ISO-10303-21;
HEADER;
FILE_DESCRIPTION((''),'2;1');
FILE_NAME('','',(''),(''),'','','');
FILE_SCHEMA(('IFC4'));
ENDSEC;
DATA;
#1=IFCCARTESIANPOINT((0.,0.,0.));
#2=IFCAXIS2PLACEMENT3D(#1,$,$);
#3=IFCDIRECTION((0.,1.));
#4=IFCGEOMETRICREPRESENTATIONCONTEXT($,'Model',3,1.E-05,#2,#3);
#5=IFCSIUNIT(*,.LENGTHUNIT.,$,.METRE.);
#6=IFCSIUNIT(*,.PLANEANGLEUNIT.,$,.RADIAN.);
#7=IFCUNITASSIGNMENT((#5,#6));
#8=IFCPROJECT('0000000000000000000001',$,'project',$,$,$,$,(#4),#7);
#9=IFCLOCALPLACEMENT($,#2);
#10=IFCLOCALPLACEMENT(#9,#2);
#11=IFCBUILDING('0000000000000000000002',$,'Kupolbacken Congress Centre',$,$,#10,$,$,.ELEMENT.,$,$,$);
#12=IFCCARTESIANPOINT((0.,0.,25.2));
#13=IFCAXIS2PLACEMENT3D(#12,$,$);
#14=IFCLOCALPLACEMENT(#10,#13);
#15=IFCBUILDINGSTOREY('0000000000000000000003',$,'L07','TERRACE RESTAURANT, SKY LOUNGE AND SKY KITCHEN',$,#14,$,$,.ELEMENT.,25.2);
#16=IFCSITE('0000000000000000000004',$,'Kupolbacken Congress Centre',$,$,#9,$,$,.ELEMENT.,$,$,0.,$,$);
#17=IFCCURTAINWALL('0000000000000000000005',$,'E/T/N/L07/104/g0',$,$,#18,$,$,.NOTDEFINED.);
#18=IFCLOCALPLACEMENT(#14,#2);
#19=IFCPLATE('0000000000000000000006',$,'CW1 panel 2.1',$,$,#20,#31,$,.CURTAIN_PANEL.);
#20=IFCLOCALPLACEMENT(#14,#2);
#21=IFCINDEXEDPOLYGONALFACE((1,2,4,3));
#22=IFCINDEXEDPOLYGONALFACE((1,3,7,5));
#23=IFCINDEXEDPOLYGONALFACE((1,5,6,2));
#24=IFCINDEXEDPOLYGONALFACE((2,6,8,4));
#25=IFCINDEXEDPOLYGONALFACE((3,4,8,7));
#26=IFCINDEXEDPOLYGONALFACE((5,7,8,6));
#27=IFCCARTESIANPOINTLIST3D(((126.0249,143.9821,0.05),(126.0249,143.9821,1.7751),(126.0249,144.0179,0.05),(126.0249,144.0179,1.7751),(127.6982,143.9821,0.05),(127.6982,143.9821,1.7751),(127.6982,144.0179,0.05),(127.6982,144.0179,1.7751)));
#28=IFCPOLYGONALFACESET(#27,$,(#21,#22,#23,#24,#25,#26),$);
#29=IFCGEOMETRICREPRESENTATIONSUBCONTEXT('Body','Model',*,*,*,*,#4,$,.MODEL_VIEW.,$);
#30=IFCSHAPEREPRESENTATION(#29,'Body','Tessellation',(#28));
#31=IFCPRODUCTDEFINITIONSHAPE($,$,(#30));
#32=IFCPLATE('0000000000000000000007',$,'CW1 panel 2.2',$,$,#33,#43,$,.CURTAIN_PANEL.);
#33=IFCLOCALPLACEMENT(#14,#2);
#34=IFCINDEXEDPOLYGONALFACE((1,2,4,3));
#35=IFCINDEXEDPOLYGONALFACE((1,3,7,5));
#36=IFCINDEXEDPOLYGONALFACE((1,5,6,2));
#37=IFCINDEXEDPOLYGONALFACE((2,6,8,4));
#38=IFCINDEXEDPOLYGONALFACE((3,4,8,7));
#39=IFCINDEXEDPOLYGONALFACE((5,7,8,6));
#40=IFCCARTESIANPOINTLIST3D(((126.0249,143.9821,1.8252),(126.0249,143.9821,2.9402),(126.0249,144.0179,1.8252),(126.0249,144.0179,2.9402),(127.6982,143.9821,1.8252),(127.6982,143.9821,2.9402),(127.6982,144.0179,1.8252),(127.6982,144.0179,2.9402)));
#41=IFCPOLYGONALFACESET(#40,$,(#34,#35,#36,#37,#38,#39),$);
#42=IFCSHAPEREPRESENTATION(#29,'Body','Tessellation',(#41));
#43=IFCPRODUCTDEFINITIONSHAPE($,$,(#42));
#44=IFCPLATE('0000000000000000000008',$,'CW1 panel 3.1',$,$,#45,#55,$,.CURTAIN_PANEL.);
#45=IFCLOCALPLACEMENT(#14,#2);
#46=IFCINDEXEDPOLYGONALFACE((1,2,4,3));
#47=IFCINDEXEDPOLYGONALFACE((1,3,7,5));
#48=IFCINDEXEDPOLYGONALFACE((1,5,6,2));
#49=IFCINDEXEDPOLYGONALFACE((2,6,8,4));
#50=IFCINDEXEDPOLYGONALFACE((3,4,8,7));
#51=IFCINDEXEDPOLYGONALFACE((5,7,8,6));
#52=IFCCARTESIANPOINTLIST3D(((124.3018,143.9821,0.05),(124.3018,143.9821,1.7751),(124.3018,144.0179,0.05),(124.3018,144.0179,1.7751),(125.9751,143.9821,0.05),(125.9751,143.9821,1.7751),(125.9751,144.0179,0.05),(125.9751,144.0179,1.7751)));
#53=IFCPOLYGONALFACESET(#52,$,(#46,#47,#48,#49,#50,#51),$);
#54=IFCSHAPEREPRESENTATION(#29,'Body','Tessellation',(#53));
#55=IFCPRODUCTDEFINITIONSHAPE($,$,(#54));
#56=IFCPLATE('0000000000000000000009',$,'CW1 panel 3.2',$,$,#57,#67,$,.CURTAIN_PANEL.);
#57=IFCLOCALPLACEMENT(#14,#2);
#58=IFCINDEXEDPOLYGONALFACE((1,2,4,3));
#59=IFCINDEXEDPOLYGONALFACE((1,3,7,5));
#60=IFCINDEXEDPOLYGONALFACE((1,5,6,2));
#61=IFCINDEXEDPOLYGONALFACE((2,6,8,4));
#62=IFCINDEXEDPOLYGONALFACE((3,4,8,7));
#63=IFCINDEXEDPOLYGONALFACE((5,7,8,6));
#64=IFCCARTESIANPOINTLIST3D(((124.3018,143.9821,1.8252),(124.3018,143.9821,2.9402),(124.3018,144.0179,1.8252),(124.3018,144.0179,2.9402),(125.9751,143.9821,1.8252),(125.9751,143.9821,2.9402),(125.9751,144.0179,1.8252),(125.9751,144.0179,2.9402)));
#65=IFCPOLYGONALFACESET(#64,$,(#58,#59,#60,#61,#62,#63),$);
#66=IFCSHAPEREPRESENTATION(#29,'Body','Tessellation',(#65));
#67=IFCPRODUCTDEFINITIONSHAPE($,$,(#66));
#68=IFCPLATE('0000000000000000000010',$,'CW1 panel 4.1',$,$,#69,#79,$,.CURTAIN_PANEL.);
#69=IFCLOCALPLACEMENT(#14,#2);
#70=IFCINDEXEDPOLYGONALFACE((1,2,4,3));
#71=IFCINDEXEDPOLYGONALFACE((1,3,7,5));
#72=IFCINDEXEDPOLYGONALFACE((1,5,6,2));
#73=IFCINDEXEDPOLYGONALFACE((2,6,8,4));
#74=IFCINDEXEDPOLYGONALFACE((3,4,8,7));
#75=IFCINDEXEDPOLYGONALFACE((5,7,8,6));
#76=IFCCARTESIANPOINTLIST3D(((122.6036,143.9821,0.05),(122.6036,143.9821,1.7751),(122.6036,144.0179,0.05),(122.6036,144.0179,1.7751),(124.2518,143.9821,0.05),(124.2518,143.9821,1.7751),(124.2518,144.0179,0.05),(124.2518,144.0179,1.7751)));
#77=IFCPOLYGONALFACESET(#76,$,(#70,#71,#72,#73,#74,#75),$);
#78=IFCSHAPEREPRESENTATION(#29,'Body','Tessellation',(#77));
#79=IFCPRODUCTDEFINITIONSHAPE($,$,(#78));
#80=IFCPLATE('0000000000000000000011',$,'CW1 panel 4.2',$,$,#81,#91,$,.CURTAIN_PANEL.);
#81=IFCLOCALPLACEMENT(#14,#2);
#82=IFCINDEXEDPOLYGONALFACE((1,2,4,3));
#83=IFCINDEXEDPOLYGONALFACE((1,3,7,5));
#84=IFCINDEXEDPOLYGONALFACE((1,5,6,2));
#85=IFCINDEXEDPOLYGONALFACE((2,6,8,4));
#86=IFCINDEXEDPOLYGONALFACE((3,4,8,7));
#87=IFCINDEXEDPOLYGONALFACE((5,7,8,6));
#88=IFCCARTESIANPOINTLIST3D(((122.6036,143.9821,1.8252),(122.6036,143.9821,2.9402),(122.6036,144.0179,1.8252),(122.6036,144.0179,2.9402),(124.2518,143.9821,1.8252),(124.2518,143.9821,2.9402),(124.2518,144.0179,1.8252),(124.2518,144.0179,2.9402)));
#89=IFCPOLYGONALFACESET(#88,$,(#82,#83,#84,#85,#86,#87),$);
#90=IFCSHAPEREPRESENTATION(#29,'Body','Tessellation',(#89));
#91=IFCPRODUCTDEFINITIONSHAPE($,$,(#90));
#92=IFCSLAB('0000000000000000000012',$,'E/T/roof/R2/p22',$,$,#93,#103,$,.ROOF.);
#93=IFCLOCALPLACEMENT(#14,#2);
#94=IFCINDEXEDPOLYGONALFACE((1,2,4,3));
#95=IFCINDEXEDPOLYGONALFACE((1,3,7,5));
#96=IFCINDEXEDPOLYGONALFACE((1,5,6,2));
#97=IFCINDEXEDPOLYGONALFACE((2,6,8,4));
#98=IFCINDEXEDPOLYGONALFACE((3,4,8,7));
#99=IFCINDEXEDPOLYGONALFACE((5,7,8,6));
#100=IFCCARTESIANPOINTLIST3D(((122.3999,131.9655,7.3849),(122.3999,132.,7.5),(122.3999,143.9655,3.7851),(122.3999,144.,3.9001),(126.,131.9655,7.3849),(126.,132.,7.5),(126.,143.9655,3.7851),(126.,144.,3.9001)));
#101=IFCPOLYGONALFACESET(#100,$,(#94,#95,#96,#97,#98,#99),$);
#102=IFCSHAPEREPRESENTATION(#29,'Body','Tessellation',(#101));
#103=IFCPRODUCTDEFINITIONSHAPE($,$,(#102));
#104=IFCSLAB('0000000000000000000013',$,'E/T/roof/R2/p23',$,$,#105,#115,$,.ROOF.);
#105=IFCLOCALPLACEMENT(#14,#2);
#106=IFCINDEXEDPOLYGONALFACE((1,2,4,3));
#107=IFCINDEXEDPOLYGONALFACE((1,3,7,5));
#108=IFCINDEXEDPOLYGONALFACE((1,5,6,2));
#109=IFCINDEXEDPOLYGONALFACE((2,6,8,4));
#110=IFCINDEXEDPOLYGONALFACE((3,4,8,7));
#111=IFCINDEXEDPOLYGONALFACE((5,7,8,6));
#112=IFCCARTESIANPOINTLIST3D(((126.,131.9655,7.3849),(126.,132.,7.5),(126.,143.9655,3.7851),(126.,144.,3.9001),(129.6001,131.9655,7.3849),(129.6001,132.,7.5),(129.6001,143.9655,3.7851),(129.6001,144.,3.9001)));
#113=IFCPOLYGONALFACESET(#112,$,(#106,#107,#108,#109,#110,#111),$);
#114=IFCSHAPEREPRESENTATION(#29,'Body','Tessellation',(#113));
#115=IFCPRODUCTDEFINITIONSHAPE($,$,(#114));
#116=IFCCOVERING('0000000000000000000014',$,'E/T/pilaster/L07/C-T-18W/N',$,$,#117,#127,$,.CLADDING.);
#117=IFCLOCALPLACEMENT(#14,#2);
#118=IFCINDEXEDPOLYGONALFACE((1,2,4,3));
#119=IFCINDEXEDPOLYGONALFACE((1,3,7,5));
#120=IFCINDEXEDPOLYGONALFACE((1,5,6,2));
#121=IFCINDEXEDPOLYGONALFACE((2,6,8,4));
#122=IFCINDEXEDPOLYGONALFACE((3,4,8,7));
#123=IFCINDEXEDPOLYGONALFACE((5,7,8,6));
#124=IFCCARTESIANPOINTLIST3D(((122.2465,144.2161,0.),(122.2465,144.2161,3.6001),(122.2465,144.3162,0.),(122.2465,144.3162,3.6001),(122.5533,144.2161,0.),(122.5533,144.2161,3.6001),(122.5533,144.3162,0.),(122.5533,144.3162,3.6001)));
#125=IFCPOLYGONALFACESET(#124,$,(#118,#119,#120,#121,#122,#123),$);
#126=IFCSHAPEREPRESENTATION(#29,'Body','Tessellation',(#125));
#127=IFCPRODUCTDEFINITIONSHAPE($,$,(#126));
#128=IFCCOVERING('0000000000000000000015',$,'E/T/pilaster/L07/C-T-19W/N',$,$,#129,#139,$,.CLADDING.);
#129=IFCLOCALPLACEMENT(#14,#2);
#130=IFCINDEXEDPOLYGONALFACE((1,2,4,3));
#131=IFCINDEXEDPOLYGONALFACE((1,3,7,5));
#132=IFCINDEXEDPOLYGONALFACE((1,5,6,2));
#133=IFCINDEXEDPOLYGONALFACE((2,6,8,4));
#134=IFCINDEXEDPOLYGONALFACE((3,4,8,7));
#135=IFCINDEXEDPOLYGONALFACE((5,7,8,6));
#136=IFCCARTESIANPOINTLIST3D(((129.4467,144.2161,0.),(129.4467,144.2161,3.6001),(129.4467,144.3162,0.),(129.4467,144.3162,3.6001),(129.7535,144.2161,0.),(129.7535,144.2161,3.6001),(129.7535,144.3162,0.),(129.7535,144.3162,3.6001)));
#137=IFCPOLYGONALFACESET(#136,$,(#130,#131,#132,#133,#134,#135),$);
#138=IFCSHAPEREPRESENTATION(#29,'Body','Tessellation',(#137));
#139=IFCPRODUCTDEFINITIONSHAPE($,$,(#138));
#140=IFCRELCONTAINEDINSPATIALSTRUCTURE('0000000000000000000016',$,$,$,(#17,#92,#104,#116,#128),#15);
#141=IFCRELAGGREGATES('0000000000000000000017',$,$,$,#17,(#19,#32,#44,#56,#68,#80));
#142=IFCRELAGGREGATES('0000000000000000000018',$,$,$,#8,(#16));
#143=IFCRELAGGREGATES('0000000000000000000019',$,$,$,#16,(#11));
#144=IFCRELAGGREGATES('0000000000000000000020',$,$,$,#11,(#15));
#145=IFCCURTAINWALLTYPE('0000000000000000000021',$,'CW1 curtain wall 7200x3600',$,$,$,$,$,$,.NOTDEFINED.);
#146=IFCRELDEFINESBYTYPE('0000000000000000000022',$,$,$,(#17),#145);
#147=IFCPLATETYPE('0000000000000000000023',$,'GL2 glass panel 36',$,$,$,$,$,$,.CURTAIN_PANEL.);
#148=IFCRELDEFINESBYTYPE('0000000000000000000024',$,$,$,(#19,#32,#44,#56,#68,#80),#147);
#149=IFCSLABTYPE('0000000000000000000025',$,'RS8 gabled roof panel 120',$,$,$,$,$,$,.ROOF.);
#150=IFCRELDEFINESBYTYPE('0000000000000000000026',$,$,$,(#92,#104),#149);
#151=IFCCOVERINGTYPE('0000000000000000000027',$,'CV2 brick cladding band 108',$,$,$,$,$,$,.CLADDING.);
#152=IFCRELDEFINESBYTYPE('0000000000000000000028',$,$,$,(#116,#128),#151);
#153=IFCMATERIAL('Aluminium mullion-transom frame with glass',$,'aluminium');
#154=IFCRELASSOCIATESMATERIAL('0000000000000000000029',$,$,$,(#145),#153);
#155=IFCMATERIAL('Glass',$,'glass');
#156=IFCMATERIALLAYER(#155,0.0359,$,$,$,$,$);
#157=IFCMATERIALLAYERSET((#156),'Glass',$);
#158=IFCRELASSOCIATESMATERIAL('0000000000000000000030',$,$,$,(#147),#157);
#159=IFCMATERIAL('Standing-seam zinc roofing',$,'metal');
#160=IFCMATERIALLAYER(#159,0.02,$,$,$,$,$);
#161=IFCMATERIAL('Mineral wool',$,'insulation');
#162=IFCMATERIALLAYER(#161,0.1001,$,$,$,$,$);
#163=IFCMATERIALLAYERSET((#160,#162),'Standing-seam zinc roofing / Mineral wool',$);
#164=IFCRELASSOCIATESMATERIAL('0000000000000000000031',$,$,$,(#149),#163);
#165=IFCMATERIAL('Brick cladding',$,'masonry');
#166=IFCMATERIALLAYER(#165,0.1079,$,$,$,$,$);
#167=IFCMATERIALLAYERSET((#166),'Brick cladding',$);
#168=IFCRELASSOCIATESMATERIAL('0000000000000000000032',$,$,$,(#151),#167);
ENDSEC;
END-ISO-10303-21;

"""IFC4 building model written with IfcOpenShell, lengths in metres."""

from ifc_helpers import new_model, si_unit, direction, frame, origin, origin_2d, place, context, subcontext, project, spatial, polyline, rectangle, outline, extrude, material, layer, layer_set, type_object, element, aggregate, save


model = new_model("IFC4")

# Units and contexts
model_context = context("Model", 3, precision=1e-05, world=origin(), true_north=direction((0.0, 1.0)))
body_context = subcontext(model_context, "Body", "Model", "MODEL_VIEW")
ifc_project = project(units=[si_unit("LENGTHUNIT", "METRE"), si_unit("PLANEANGLEUNIT", "RADIAN")], contexts=[model_context])

# Site, building, storey
site_placement = place(None, origin())
site = spatial("IfcSite", under=ifc_project, at=site_placement, Name="Kupolbacken Congress Centre", CompositionType="ELEMENT", RefElevation=0.0)
building_placement = place(site_placement, origin())
building = spatial("IfcBuilding", under=site, at=building_placement, Name="Kupolbacken Congress Centre", CompositionType="ELEMENT")
storey_placement = place(building_placement, frame((0.0, 0.0, 25.2)))
storey = spatial("IfcBuildingStorey", under=building, at=storey_placement, Name="L07", Description="TERRACE RESTAURANT, SKY LOUNGE AND SKY KITCHEN", CompositionType="ELEMENT", Elevation=25.2)

# Curtain wall, plates
ifc_material_1 = material(Name="Aluminium mullion-transom frame with glass", Category="aluminium")
curtain_wall_type = type_object("IfcCurtainWallType", Name="CW1 curtain wall 7200x3600", PredefinedType="NOTDEFINED", material=ifc_material_1)
curtain_wall_placement = place(storey_placement, origin())
curtain_wall = element("IfcCurtainWall", 1, at=curtain_wall_placement, inside=storey, type_object=curtain_wall_type, Name="E/T/N/L07/104/g0", PredefinedType="NOTDEFINED")
ifc_material_2 = material(Name="Glass", Category="glass")
ifc_layer_1 = layer(ifc_material_2, 0.0359)
ifc_layer_set_1 = layer_set([ifc_layer_1], Name="Glass")
plate_type = type_object("IfcPlateType", Name="GL2 glass panel 36", PredefinedType="CURTAIN_PANEL", material=ifc_layer_set_1)
plate_1_placement = place(storey_placement, frame((126.8616, 144.0, 0.05), z_axis=(0.0, 0.0, 1.0), x_axis=(-1.0, 0.0, 0.0)))
plate_1 = element("IfcPlate", 2, at=plate_1_placement, type_object=plate_type, Name="CW1 panel 2.1", PredefinedType="CURTAIN_PANEL", context=body_context, shape_type="SweptSolid", body=[
    extrude(rectangle(XDim=1.6733, YDim=0.0359, at=origin_2d()), origin(), (0.0, 0.0, 1.0), 1.7251),
])
plate_2_placement = place(storey_placement, frame((126.8616, 144.0, 1.8252), z_axis=(0.0, 0.0, 1.0), x_axis=(-1.0, 0.0, 0.0)))
plate_2 = element("IfcPlate", 3, at=plate_2_placement, type_object=plate_type, Name="CW1 panel 2.2", PredefinedType="CURTAIN_PANEL", context=body_context, shape_type="SweptSolid", body=[
    extrude(rectangle(XDim=1.6733, YDim=0.0359, at=origin_2d()), origin(), (0.0, 0.0, 1.0), 1.115),
])
plate_3_placement = place(storey_placement, frame((125.1384, 144.0, 0.05), z_axis=(0.0, 0.0, 1.0), x_axis=(-1.0, 0.0, 0.0)))
plate_3 = element("IfcPlate", 4, at=plate_3_placement, type_object=plate_type, Name="CW1 panel 3.1", PredefinedType="CURTAIN_PANEL", context=body_context, shape_type="SweptSolid", body=[
    extrude(rectangle(XDim=1.6733, YDim=0.0359, at=origin_2d()), origin(), (0.0, 0.0, 1.0), 1.7251),
])
plate_4_placement = place(storey_placement, frame((125.1384, 144.0, 1.8252), z_axis=(0.0, 0.0, 1.0), x_axis=(-1.0, 0.0, 0.0)))
plate_4 = element("IfcPlate", 5, at=plate_4_placement, type_object=plate_type, Name="CW1 panel 3.2", PredefinedType="CURTAIN_PANEL", context=body_context, shape_type="SweptSolid", body=[
    extrude(rectangle(XDim=1.6733, YDim=0.0359, at=origin_2d()), origin(), (0.0, 0.0, 1.0), 1.115),
])
plate_5_placement = place(storey_placement, frame((123.4277, 144.0, 0.05), z_axis=(0.0, 0.0, 1.0), x_axis=(-1.0, 0.0, 0.0)))
plate_5 = element("IfcPlate", 6, at=plate_5_placement, type_object=plate_type, Name="CW1 panel 4.1", PredefinedType="CURTAIN_PANEL", context=body_context, shape_type="SweptSolid", body=[
    extrude(rectangle(XDim=1.6482, YDim=0.0359, at=origin_2d()), origin(), (0.0, 0.0, 1.0), 1.7251),
])
plate_6_placement = place(storey_placement, frame((123.4277, 144.0, 1.8252), z_axis=(0.0, 0.0, 1.0), x_axis=(-1.0, 0.0, 0.0)))
plate_6 = element("IfcPlate", 7, at=plate_6_placement, type_object=plate_type, Name="CW1 panel 4.2", PredefinedType="CURTAIN_PANEL", context=body_context, shape_type="SweptSolid", body=[
    extrude(rectangle(XDim=1.6482, YDim=0.0359, at=origin_2d()), origin(), (0.0, 0.0, 1.0), 1.115),
])
aggregate(curtain_wall, [plate_1, plate_2, plate_3, plate_4, plate_5, plate_6])

# Slabs
ifc_material_3 = material(Name="Standing-seam zinc roofing", Category="metal")
ifc_layer_2 = layer(ifc_material_3, 0.02)
ifc_material_4 = material(Name="Mineral wool", Category="insulation")
ifc_layer_3 = layer(ifc_material_4, 0.1001)
ifc_layer_set_2 = layer_set([ifc_layer_2, ifc_layer_3], Name="Standing-seam zinc roofing / Mineral wool")
slab_type = type_object("IfcSlabType", Name="RS8 gabled roof panel 120", PredefinedType="ROOF", material=ifc_layer_set_2)
for number, where, z_axis, x_axis, name in (
    (8, (122.3999, 144.0, 3.9001), (0.0, 0.287337, 0.95783), (1.0, 0.0, 0.0), "E/T/roof/R2/p22"),
    (9, (126.0, 144.0, 3.9001), (0.0, 0.287337, 0.95783), (1.0, 0.0, 0.0), "E/T/roof/R2/p23"),
):
    element("IfcSlab", number, at=place(storey_placement, frame(where, z_axis=z_axis, x_axis=x_axis)), inside=storey, type_object=slab_type, Name=name, PredefinedType="ROOF", context=body_context, shape_type="SweptSolid", body=[
        extrude(outline(polyline([(0.0, 0.0), (3.6001, 0.0), (3.6001, -12.5283), (0.0, -12.5283), (0.0, 0.0)])), origin(), (0.0, 0.0, -1.0), 0.1201),
    ])

# Coverings
ifc_material_5 = material(Name="Brick cladding", Category="masonry")
ifc_layer_4 = layer(ifc_material_5, 0.1079)
ifc_layer_set_3 = layer_set([ifc_layer_4], Name="Brick cladding")
covering_type = type_object("IfcCoveringType", Name="CV2 brick cladding band 108", PredefinedType="CLADDING", material=ifc_layer_set_3)
for number, where, z_axis, x_axis, name in (
    (10, (122.3999, 144.2661, 0.0), (0.0, 0.0, 1.0), (1.0, 0.0, 0.0), "E/T/pilaster/L07/C-T-18W/N"),
    (11, (129.6001, 144.2661, 0.0), (0.0, 0.0, 1.0), (1.0, 0.0, 0.0), "E/T/pilaster/L07/C-T-19W/N"),
):
    element("IfcCovering", number, at=place(storey_placement, frame(where, z_axis=z_axis, x_axis=x_axis)), inside=storey, type_object=covering_type, Name=name, PredefinedType="CLADDING", context=body_context, shape_type="SweptSolid", body=[
        extrude(rectangle(XDim=0.3069, YDim=0.1001, at=origin_2d()), origin(), (0.0, 0.0, 1.0), 3.6001),
    ])

save(model, "model.ifc")
